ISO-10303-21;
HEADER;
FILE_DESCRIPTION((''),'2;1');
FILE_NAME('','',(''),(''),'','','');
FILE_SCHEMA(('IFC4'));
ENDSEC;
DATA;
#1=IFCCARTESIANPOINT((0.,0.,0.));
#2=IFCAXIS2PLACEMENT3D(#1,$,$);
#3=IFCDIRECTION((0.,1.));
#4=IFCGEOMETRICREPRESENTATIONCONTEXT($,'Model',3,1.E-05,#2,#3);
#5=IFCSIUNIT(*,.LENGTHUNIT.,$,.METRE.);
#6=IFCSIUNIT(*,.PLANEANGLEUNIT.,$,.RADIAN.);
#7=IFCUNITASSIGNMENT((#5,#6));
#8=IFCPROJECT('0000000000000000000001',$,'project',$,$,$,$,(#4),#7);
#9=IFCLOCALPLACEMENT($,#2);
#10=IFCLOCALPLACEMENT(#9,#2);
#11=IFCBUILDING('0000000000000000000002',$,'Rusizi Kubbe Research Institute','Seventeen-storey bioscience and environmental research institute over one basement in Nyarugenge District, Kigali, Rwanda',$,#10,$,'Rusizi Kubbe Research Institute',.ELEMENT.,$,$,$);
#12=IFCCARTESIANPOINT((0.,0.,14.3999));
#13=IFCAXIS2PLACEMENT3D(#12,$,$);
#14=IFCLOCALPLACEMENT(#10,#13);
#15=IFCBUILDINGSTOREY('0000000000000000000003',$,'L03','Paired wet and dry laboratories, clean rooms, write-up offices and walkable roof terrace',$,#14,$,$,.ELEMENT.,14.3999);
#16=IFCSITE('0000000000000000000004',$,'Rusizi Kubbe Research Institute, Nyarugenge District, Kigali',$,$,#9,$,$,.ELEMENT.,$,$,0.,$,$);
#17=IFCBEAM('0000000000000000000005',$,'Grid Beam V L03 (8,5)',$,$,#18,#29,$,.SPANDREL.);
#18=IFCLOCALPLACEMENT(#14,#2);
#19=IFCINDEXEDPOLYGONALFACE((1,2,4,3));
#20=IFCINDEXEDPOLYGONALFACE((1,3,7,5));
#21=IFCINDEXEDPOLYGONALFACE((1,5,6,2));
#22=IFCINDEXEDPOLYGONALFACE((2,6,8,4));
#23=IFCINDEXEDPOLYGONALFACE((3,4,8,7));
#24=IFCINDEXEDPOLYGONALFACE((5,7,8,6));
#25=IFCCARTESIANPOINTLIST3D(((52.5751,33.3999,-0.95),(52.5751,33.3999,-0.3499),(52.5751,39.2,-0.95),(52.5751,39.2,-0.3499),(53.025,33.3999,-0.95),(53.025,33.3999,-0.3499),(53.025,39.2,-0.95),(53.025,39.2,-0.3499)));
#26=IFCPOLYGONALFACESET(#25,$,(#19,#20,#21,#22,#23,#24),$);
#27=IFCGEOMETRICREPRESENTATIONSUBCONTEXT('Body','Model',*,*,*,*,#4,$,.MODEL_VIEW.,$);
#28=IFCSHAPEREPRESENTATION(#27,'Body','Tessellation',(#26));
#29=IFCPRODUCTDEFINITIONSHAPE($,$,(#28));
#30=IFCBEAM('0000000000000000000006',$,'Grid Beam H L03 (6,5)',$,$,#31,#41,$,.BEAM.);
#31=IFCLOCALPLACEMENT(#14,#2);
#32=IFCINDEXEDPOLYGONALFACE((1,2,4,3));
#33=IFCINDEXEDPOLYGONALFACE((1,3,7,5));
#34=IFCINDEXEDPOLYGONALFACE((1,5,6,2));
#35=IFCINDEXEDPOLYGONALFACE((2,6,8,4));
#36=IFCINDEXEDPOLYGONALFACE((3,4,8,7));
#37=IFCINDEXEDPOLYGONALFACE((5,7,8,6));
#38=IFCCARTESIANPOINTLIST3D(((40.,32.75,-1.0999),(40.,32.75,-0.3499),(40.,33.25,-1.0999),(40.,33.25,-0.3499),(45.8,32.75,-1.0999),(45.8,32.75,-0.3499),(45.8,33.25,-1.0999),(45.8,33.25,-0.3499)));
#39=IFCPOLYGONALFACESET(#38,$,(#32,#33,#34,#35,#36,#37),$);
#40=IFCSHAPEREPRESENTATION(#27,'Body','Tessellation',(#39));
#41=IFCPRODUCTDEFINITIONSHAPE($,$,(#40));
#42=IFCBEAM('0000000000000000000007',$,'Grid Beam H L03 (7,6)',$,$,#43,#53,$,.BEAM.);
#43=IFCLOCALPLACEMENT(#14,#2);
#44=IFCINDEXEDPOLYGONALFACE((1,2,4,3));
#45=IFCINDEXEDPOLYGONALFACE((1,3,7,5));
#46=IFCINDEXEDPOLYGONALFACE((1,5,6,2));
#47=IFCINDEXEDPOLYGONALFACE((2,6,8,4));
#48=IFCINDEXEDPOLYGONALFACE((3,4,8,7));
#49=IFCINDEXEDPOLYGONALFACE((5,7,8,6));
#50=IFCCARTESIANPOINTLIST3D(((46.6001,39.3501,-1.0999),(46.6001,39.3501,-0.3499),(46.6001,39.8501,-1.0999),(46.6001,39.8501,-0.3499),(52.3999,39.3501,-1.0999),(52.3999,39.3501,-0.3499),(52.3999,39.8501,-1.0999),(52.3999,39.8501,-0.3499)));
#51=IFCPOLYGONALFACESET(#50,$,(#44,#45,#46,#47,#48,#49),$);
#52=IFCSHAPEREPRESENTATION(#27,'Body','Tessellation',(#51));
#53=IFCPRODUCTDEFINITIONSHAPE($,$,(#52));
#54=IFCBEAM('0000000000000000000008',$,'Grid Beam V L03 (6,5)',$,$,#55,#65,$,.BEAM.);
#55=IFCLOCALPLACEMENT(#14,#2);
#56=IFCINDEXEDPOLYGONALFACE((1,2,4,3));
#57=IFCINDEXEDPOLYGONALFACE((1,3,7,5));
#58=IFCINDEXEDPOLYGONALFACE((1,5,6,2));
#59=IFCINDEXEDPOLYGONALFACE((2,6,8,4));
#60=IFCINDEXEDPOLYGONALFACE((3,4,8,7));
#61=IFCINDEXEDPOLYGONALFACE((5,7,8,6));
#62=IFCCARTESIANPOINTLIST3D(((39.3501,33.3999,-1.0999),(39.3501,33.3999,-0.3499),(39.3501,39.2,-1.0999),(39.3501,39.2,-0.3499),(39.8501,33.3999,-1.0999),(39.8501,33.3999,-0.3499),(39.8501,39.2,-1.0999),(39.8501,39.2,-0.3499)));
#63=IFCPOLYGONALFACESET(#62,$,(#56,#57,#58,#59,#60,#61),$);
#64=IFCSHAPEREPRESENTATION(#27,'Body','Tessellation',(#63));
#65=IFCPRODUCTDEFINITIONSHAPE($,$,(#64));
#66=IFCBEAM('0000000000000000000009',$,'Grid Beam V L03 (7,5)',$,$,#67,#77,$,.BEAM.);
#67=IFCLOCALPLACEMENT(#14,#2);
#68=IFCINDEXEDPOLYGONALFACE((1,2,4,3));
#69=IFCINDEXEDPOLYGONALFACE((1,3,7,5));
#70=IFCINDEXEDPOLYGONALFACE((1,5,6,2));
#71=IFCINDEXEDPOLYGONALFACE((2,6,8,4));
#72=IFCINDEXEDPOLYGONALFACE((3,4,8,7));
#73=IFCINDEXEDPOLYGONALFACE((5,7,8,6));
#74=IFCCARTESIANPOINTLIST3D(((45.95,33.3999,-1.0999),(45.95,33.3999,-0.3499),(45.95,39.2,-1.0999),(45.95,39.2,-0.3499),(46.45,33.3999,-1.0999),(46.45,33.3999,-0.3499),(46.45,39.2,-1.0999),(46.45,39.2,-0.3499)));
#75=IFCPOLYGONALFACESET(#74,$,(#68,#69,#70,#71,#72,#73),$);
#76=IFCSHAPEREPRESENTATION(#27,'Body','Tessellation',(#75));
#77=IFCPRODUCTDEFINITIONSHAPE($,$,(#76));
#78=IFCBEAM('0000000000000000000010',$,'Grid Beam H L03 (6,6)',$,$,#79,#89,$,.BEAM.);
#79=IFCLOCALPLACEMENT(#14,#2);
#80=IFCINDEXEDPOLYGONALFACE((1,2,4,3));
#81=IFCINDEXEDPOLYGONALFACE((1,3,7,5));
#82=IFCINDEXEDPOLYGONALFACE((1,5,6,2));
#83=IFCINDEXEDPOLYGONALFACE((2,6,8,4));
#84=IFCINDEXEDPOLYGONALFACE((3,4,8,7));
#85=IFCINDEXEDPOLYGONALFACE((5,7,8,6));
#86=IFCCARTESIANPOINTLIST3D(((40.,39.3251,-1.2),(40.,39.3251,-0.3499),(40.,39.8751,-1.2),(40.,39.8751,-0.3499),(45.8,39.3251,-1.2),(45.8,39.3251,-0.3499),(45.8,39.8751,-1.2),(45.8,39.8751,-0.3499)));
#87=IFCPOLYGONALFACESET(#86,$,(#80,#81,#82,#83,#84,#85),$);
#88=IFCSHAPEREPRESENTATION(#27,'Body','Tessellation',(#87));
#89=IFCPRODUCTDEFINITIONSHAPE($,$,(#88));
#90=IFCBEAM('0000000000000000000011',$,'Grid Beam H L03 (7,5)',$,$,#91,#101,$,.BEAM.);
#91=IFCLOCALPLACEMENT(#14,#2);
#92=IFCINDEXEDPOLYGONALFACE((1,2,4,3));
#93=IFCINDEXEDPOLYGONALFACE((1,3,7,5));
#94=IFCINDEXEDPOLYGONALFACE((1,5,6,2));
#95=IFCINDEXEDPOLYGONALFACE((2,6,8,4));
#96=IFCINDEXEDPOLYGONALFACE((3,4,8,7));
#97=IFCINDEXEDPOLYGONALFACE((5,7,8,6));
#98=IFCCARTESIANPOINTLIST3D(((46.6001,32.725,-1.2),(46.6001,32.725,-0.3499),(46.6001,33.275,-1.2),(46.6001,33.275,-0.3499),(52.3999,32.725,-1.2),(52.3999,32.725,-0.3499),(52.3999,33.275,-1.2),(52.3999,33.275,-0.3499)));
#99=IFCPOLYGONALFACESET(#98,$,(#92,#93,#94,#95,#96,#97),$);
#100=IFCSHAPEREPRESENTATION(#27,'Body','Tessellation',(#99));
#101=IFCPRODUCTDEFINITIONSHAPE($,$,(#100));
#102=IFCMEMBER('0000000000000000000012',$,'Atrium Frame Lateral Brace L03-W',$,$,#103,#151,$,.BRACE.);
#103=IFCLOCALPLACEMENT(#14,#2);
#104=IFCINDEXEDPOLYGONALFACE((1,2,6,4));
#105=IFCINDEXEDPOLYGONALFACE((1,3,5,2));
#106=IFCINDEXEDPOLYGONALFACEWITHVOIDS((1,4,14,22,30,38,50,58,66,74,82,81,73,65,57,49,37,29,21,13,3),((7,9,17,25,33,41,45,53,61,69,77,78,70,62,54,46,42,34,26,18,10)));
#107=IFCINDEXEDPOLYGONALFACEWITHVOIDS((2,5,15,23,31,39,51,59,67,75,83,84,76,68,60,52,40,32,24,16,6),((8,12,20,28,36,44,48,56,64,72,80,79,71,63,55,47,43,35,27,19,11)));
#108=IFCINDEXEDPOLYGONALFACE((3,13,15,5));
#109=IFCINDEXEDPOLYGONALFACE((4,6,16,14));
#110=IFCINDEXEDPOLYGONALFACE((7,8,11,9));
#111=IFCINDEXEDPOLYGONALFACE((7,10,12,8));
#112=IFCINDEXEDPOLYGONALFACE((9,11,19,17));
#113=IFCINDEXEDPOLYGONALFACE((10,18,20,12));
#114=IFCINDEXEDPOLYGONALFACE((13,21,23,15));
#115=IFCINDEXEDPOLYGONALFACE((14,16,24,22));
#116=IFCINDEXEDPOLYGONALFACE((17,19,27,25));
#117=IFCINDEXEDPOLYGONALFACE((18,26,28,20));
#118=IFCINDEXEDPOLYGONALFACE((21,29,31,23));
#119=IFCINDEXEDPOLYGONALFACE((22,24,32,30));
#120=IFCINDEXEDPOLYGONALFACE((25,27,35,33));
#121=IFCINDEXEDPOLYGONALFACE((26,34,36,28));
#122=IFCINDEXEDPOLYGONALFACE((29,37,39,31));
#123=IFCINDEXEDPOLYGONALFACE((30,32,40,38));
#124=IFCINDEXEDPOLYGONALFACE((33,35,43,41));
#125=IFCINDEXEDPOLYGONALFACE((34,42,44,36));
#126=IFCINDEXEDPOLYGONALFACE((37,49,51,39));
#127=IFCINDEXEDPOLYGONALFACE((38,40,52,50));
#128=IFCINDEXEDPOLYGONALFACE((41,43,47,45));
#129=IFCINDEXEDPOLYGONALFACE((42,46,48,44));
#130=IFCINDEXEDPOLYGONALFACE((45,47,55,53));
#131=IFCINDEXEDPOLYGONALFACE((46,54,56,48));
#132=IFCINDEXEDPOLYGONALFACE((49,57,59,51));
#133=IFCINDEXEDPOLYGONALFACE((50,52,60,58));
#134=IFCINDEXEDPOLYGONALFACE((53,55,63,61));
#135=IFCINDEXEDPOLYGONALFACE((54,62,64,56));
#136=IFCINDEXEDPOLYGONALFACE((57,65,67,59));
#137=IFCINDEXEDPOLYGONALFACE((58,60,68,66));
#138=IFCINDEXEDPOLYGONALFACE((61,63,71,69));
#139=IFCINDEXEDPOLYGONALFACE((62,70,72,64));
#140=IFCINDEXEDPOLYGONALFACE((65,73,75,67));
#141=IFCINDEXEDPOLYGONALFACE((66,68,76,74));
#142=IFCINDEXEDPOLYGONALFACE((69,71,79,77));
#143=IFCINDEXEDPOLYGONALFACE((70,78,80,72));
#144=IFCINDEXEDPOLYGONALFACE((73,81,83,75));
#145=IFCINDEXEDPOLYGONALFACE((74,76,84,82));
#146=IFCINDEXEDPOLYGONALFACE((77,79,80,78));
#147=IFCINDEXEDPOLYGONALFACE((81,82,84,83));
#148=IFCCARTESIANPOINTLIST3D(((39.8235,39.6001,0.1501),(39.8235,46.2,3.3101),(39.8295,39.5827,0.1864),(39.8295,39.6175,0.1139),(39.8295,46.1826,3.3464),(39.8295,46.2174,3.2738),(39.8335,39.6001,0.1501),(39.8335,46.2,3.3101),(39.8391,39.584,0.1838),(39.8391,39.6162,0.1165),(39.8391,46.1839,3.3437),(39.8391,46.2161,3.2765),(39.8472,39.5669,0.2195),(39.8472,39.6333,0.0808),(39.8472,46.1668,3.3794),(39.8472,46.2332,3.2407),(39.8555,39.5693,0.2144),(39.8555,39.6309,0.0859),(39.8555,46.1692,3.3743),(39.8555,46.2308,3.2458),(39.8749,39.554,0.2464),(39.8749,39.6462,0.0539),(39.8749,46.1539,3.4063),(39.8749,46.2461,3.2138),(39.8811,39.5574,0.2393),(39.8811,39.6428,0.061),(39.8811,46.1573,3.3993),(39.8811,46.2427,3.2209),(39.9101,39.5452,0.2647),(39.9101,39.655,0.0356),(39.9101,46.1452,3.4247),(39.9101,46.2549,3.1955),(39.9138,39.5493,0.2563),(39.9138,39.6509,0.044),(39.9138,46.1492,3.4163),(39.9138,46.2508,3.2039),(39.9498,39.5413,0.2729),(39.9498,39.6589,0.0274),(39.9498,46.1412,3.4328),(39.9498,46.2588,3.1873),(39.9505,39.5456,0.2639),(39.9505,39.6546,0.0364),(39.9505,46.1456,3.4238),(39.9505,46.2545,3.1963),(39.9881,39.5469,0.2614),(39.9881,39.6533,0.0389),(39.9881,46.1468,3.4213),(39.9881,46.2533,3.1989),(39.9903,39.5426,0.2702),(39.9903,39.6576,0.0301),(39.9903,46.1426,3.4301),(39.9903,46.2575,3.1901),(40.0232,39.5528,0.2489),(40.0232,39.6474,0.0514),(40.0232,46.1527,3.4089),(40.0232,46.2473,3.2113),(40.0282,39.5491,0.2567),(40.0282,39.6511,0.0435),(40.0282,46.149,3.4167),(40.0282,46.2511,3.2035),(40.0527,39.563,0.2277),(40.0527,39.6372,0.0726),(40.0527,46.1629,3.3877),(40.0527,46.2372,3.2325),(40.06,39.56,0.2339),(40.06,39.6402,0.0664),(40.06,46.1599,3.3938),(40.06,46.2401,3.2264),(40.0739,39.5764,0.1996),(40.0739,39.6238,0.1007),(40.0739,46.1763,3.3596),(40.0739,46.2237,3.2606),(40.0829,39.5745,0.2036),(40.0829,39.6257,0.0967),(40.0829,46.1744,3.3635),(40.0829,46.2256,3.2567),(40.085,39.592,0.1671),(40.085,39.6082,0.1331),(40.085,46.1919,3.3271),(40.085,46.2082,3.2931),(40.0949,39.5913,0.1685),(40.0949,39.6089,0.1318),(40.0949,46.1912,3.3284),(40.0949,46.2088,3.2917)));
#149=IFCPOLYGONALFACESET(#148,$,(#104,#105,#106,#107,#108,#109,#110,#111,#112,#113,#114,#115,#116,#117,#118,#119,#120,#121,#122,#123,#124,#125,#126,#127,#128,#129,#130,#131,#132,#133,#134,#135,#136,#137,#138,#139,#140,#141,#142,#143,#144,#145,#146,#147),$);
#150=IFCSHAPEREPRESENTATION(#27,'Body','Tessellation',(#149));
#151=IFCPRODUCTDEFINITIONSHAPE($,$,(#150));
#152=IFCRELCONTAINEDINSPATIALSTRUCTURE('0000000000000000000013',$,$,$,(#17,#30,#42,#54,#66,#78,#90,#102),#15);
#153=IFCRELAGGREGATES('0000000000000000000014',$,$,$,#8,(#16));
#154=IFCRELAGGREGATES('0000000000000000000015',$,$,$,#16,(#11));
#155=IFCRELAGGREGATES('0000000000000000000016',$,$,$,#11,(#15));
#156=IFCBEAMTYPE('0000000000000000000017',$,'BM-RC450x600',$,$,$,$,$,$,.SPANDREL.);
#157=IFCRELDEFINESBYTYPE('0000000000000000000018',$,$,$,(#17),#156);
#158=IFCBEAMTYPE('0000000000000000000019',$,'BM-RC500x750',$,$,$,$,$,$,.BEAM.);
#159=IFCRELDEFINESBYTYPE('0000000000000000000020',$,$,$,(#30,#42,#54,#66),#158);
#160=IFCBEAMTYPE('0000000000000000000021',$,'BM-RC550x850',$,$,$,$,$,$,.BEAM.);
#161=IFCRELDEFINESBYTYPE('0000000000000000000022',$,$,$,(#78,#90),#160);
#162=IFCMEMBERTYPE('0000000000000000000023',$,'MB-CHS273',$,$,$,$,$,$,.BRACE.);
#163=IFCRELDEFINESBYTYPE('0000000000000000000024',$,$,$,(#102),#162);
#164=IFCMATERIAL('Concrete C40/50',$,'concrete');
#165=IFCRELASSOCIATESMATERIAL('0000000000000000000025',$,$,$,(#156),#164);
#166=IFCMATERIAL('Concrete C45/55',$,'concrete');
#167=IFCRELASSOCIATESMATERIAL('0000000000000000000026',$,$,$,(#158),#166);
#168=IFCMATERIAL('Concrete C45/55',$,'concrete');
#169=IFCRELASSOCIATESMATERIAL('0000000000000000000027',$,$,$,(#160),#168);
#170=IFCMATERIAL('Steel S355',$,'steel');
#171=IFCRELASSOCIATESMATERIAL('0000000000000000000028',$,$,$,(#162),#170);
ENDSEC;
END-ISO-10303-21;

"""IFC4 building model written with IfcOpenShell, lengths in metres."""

from ifc_helpers import new_model, si_unit, direction, frame, origin, origin_2d, place, context, subcontext, project, spatial, rectangle, hollow_circle, extrude, material, material_profile, profile_set, type_object, element, save


model = new_model("IFC4")

# Units and contexts
model_context = context("Model", 3, precision=1e-05, world=origin(), true_north=direction((0.0, 1.0)))
body_context = subcontext(model_context, "Body", "Model", "MODEL_VIEW")
ifc_project = project(units=[si_unit("LENGTHUNIT", "METRE"), si_unit("PLANEANGLEUNIT", "RADIAN")], contexts=[model_context])

# Site, building, storey
site_placement = place(None, origin())
site = spatial("IfcSite", under=ifc_project, at=site_placement, Name="Rusizi Kubbe Research Institute, Nyarugenge District, Kigali", CompositionType="ELEMENT", RefElevation=0.0)
building_placement = place(site_placement, origin())
building = spatial("IfcBuilding", under=site, at=building_placement, Name="Rusizi Kubbe Research Institute", Description="Seventeen-storey bioscience and environmental research institute over one basement in Nyarugenge District, Kigali, Rwanda", LongName="Rusizi Kubbe Research Institute", CompositionType="ELEMENT")
storey_placement = place(building_placement, frame((0.0, 0.0, 14.3999)))
storey = spatial("IfcBuildingStorey", under=building, at=storey_placement, Name="L03", Description="Paired wet and dry laboratories, clean rooms, write-up offices and walkable roof terrace", CompositionType="ELEMENT", Elevation=14.3999)

# Beams
ifc_material_1 = material(Name="Concrete C40/50", Category="concrete")
ifc_material_profile_1 = material_profile(ifc_material_1, rectangle(XDim=0.45, YDim=0.6001, at=origin_2d()), Name="RC450x600")
ifc_profile_set_1 = profile_set([ifc_material_profile_1], Name="Concrete C40/50")
beam_type_1 = type_object("IfcBeamType", Name="BM-RC450x600", PredefinedType="SPANDREL", material=ifc_profile_set_1)
beam_1_placement = place(storey_placement, frame((52.8, 33.3999, -0.6499), z_axis=(0.0, 1.0, 0.0), x_axis=(-1.0, 0.0, 0.0)))
element("IfcBeam", 1, at=beam_1_placement, inside=storey, type_object=beam_type_1, Name="Grid Beam V L03 (8,5)", PredefinedType="SPANDREL", context=body_context, shape_type="SweptSolid", body=[
    extrude(rectangle(XDim=0.45, YDim=0.6001, at=origin_2d()), origin(), (0.0, 0.0, 1.0), 5.8),
])
ifc_material_2 = material(Name="Concrete C45/55", Category="concrete")
ifc_material_profile_2 = material_profile(ifc_material_2, rectangle(XDim=0.5, YDim=0.75, at=origin_2d()), Name="RC500x750B")
ifc_profile_set_2 = profile_set([ifc_material_profile_2], Name="Concrete C45/55")
beam_type_2 = type_object("IfcBeamType", Name="BM-RC500x750", PredefinedType="BEAM", material=ifc_profile_set_2)
beam_2_placement = place(storey_placement, frame((40.0, 33.0, -0.7249), z_axis=(1.0, 0.0, 0.0), x_axis=(0.0, 1.0, 0.0)))
element("IfcBeam", 2, at=beam_2_placement, inside=storey, type_object=beam_type_2, Name="Grid Beam H L03 (6,5)", PredefinedType="BEAM", context=body_context, shape_type="SweptSolid", body=[
    extrude(rectangle(XDim=0.5, YDim=0.75, at=origin_2d()), origin(), (0.0, 0.0, 1.0), 5.8),
])
beam_3_placement = place(storey_placement, frame((46.6001, 39.6001, -0.7249), z_axis=(1.0, 0.0, 0.0), x_axis=(0.0, 1.0, 0.0)))
element("IfcBeam", 3, at=beam_3_placement, inside=storey, type_object=beam_type_2, Name="Grid Beam H L03 (7,6)", PredefinedType="BEAM", context=body_context, shape_type="SweptSolid", body=[
    extrude(rectangle(XDim=0.5, YDim=0.75, at=origin_2d()), origin(), (0.0, 0.0, 1.0), 5.7998),
])
for number, where, z_axis, x_axis, name in (
    (4, (39.6001, 33.3999, -0.7249), (0.0, 1.0, 0.0), (-1.0, 0.0, 0.0), "Grid Beam V L03 (6,5)"),
    (5, (46.2, 33.3999, -0.7249), (0.0, 1.0, 0.0), (-1.0, 0.0, 0.0), "Grid Beam V L03 (7,5)"),
):
    element("IfcBeam", number, at=place(storey_placement, frame(where, z_axis=z_axis, x_axis=x_axis)), inside=storey, type_object=beam_type_2, Name=name, PredefinedType="BEAM", context=body_context, shape_type="SweptSolid", body=[
        extrude(rectangle(XDim=0.5, YDim=0.75, at=origin_2d()), origin(), (0.0, 0.0, 1.0), 5.8),
    ])
ifc_material_3 = material(Name="Concrete C45/55", Category="concrete")
ifc_material_profile_3 = material_profile(ifc_material_3, rectangle(XDim=0.55, YDim=0.8501, at=origin_2d()), Name="RC550x850")
ifc_profile_set_3 = profile_set([ifc_material_profile_3], Name="Concrete C45/55")
beam_type_3 = type_object("IfcBeamType", Name="BM-RC550x850", PredefinedType="BEAM", material=ifc_profile_set_3)
beam_4_placement = place(storey_placement, frame((40.0, 39.6001, -0.7749), z_axis=(1.0, 0.0, 0.0), x_axis=(0.0, 1.0, 0.0)))
element("IfcBeam", 6, at=beam_4_placement, inside=storey, type_object=beam_type_3, Name="Grid Beam H L03 (6,6)", PredefinedType="BEAM", context=body_context, shape_type="SweptSolid", body=[
    extrude(rectangle(XDim=0.55, YDim=0.8501, at=origin_2d()), origin(), (0.0, 0.0, 1.0), 5.8),
])
beam_5_placement = place(storey_placement, frame((46.6001, 33.0, -0.7749), z_axis=(1.0, 0.0, 0.0), x_axis=(0.0, 1.0, 0.0)))
element("IfcBeam", 7, at=beam_5_placement, inside=storey, type_object=beam_type_3, Name="Grid Beam H L03 (7,5)", PredefinedType="BEAM", context=body_context, shape_type="SweptSolid", body=[
    extrude(rectangle(XDim=0.55, YDim=0.8501, at=origin_2d()), origin(), (0.0, 0.0, 1.0), 5.7998),
])

# Member
ifc_material_4 = material(Name="Steel S355", Category="steel")
ifc_material_profile_4 = material_profile(ifc_material_4, hollow_circle(Radius=0.1365, WallThickness=0.01, at=origin_2d()), Name="CHS 273.0x10.0")
ifc_profile_set_4 = profile_set([ifc_material_profile_4], Name="Steel S355")
member_type_1 = type_object("IfcMemberType", Name="MB-CHS273", PredefinedType="BRACE", material=ifc_profile_set_4)
member_1_placement = place(storey_placement, frame((39.96, 39.6001, 0.1501), z_axis=(0.0, 0.90195, 0.43184), x_axis=(-1.0, 0.0, 0.0)))
element("IfcMember", 8, at=member_1_placement, inside=storey, type_object=member_type_1, Name="Atrium Frame Lateral Brace L03-W", PredefinedType="BRACE", context=body_context, shape_type="SweptSolid", body=[
    extrude(hollow_circle(Radius=0.1365, WallThickness=0.01, at=origin_2d()), origin(), (0.0, 0.0, 1.0), 7.3174),
])

save(model, "model.ifc")
